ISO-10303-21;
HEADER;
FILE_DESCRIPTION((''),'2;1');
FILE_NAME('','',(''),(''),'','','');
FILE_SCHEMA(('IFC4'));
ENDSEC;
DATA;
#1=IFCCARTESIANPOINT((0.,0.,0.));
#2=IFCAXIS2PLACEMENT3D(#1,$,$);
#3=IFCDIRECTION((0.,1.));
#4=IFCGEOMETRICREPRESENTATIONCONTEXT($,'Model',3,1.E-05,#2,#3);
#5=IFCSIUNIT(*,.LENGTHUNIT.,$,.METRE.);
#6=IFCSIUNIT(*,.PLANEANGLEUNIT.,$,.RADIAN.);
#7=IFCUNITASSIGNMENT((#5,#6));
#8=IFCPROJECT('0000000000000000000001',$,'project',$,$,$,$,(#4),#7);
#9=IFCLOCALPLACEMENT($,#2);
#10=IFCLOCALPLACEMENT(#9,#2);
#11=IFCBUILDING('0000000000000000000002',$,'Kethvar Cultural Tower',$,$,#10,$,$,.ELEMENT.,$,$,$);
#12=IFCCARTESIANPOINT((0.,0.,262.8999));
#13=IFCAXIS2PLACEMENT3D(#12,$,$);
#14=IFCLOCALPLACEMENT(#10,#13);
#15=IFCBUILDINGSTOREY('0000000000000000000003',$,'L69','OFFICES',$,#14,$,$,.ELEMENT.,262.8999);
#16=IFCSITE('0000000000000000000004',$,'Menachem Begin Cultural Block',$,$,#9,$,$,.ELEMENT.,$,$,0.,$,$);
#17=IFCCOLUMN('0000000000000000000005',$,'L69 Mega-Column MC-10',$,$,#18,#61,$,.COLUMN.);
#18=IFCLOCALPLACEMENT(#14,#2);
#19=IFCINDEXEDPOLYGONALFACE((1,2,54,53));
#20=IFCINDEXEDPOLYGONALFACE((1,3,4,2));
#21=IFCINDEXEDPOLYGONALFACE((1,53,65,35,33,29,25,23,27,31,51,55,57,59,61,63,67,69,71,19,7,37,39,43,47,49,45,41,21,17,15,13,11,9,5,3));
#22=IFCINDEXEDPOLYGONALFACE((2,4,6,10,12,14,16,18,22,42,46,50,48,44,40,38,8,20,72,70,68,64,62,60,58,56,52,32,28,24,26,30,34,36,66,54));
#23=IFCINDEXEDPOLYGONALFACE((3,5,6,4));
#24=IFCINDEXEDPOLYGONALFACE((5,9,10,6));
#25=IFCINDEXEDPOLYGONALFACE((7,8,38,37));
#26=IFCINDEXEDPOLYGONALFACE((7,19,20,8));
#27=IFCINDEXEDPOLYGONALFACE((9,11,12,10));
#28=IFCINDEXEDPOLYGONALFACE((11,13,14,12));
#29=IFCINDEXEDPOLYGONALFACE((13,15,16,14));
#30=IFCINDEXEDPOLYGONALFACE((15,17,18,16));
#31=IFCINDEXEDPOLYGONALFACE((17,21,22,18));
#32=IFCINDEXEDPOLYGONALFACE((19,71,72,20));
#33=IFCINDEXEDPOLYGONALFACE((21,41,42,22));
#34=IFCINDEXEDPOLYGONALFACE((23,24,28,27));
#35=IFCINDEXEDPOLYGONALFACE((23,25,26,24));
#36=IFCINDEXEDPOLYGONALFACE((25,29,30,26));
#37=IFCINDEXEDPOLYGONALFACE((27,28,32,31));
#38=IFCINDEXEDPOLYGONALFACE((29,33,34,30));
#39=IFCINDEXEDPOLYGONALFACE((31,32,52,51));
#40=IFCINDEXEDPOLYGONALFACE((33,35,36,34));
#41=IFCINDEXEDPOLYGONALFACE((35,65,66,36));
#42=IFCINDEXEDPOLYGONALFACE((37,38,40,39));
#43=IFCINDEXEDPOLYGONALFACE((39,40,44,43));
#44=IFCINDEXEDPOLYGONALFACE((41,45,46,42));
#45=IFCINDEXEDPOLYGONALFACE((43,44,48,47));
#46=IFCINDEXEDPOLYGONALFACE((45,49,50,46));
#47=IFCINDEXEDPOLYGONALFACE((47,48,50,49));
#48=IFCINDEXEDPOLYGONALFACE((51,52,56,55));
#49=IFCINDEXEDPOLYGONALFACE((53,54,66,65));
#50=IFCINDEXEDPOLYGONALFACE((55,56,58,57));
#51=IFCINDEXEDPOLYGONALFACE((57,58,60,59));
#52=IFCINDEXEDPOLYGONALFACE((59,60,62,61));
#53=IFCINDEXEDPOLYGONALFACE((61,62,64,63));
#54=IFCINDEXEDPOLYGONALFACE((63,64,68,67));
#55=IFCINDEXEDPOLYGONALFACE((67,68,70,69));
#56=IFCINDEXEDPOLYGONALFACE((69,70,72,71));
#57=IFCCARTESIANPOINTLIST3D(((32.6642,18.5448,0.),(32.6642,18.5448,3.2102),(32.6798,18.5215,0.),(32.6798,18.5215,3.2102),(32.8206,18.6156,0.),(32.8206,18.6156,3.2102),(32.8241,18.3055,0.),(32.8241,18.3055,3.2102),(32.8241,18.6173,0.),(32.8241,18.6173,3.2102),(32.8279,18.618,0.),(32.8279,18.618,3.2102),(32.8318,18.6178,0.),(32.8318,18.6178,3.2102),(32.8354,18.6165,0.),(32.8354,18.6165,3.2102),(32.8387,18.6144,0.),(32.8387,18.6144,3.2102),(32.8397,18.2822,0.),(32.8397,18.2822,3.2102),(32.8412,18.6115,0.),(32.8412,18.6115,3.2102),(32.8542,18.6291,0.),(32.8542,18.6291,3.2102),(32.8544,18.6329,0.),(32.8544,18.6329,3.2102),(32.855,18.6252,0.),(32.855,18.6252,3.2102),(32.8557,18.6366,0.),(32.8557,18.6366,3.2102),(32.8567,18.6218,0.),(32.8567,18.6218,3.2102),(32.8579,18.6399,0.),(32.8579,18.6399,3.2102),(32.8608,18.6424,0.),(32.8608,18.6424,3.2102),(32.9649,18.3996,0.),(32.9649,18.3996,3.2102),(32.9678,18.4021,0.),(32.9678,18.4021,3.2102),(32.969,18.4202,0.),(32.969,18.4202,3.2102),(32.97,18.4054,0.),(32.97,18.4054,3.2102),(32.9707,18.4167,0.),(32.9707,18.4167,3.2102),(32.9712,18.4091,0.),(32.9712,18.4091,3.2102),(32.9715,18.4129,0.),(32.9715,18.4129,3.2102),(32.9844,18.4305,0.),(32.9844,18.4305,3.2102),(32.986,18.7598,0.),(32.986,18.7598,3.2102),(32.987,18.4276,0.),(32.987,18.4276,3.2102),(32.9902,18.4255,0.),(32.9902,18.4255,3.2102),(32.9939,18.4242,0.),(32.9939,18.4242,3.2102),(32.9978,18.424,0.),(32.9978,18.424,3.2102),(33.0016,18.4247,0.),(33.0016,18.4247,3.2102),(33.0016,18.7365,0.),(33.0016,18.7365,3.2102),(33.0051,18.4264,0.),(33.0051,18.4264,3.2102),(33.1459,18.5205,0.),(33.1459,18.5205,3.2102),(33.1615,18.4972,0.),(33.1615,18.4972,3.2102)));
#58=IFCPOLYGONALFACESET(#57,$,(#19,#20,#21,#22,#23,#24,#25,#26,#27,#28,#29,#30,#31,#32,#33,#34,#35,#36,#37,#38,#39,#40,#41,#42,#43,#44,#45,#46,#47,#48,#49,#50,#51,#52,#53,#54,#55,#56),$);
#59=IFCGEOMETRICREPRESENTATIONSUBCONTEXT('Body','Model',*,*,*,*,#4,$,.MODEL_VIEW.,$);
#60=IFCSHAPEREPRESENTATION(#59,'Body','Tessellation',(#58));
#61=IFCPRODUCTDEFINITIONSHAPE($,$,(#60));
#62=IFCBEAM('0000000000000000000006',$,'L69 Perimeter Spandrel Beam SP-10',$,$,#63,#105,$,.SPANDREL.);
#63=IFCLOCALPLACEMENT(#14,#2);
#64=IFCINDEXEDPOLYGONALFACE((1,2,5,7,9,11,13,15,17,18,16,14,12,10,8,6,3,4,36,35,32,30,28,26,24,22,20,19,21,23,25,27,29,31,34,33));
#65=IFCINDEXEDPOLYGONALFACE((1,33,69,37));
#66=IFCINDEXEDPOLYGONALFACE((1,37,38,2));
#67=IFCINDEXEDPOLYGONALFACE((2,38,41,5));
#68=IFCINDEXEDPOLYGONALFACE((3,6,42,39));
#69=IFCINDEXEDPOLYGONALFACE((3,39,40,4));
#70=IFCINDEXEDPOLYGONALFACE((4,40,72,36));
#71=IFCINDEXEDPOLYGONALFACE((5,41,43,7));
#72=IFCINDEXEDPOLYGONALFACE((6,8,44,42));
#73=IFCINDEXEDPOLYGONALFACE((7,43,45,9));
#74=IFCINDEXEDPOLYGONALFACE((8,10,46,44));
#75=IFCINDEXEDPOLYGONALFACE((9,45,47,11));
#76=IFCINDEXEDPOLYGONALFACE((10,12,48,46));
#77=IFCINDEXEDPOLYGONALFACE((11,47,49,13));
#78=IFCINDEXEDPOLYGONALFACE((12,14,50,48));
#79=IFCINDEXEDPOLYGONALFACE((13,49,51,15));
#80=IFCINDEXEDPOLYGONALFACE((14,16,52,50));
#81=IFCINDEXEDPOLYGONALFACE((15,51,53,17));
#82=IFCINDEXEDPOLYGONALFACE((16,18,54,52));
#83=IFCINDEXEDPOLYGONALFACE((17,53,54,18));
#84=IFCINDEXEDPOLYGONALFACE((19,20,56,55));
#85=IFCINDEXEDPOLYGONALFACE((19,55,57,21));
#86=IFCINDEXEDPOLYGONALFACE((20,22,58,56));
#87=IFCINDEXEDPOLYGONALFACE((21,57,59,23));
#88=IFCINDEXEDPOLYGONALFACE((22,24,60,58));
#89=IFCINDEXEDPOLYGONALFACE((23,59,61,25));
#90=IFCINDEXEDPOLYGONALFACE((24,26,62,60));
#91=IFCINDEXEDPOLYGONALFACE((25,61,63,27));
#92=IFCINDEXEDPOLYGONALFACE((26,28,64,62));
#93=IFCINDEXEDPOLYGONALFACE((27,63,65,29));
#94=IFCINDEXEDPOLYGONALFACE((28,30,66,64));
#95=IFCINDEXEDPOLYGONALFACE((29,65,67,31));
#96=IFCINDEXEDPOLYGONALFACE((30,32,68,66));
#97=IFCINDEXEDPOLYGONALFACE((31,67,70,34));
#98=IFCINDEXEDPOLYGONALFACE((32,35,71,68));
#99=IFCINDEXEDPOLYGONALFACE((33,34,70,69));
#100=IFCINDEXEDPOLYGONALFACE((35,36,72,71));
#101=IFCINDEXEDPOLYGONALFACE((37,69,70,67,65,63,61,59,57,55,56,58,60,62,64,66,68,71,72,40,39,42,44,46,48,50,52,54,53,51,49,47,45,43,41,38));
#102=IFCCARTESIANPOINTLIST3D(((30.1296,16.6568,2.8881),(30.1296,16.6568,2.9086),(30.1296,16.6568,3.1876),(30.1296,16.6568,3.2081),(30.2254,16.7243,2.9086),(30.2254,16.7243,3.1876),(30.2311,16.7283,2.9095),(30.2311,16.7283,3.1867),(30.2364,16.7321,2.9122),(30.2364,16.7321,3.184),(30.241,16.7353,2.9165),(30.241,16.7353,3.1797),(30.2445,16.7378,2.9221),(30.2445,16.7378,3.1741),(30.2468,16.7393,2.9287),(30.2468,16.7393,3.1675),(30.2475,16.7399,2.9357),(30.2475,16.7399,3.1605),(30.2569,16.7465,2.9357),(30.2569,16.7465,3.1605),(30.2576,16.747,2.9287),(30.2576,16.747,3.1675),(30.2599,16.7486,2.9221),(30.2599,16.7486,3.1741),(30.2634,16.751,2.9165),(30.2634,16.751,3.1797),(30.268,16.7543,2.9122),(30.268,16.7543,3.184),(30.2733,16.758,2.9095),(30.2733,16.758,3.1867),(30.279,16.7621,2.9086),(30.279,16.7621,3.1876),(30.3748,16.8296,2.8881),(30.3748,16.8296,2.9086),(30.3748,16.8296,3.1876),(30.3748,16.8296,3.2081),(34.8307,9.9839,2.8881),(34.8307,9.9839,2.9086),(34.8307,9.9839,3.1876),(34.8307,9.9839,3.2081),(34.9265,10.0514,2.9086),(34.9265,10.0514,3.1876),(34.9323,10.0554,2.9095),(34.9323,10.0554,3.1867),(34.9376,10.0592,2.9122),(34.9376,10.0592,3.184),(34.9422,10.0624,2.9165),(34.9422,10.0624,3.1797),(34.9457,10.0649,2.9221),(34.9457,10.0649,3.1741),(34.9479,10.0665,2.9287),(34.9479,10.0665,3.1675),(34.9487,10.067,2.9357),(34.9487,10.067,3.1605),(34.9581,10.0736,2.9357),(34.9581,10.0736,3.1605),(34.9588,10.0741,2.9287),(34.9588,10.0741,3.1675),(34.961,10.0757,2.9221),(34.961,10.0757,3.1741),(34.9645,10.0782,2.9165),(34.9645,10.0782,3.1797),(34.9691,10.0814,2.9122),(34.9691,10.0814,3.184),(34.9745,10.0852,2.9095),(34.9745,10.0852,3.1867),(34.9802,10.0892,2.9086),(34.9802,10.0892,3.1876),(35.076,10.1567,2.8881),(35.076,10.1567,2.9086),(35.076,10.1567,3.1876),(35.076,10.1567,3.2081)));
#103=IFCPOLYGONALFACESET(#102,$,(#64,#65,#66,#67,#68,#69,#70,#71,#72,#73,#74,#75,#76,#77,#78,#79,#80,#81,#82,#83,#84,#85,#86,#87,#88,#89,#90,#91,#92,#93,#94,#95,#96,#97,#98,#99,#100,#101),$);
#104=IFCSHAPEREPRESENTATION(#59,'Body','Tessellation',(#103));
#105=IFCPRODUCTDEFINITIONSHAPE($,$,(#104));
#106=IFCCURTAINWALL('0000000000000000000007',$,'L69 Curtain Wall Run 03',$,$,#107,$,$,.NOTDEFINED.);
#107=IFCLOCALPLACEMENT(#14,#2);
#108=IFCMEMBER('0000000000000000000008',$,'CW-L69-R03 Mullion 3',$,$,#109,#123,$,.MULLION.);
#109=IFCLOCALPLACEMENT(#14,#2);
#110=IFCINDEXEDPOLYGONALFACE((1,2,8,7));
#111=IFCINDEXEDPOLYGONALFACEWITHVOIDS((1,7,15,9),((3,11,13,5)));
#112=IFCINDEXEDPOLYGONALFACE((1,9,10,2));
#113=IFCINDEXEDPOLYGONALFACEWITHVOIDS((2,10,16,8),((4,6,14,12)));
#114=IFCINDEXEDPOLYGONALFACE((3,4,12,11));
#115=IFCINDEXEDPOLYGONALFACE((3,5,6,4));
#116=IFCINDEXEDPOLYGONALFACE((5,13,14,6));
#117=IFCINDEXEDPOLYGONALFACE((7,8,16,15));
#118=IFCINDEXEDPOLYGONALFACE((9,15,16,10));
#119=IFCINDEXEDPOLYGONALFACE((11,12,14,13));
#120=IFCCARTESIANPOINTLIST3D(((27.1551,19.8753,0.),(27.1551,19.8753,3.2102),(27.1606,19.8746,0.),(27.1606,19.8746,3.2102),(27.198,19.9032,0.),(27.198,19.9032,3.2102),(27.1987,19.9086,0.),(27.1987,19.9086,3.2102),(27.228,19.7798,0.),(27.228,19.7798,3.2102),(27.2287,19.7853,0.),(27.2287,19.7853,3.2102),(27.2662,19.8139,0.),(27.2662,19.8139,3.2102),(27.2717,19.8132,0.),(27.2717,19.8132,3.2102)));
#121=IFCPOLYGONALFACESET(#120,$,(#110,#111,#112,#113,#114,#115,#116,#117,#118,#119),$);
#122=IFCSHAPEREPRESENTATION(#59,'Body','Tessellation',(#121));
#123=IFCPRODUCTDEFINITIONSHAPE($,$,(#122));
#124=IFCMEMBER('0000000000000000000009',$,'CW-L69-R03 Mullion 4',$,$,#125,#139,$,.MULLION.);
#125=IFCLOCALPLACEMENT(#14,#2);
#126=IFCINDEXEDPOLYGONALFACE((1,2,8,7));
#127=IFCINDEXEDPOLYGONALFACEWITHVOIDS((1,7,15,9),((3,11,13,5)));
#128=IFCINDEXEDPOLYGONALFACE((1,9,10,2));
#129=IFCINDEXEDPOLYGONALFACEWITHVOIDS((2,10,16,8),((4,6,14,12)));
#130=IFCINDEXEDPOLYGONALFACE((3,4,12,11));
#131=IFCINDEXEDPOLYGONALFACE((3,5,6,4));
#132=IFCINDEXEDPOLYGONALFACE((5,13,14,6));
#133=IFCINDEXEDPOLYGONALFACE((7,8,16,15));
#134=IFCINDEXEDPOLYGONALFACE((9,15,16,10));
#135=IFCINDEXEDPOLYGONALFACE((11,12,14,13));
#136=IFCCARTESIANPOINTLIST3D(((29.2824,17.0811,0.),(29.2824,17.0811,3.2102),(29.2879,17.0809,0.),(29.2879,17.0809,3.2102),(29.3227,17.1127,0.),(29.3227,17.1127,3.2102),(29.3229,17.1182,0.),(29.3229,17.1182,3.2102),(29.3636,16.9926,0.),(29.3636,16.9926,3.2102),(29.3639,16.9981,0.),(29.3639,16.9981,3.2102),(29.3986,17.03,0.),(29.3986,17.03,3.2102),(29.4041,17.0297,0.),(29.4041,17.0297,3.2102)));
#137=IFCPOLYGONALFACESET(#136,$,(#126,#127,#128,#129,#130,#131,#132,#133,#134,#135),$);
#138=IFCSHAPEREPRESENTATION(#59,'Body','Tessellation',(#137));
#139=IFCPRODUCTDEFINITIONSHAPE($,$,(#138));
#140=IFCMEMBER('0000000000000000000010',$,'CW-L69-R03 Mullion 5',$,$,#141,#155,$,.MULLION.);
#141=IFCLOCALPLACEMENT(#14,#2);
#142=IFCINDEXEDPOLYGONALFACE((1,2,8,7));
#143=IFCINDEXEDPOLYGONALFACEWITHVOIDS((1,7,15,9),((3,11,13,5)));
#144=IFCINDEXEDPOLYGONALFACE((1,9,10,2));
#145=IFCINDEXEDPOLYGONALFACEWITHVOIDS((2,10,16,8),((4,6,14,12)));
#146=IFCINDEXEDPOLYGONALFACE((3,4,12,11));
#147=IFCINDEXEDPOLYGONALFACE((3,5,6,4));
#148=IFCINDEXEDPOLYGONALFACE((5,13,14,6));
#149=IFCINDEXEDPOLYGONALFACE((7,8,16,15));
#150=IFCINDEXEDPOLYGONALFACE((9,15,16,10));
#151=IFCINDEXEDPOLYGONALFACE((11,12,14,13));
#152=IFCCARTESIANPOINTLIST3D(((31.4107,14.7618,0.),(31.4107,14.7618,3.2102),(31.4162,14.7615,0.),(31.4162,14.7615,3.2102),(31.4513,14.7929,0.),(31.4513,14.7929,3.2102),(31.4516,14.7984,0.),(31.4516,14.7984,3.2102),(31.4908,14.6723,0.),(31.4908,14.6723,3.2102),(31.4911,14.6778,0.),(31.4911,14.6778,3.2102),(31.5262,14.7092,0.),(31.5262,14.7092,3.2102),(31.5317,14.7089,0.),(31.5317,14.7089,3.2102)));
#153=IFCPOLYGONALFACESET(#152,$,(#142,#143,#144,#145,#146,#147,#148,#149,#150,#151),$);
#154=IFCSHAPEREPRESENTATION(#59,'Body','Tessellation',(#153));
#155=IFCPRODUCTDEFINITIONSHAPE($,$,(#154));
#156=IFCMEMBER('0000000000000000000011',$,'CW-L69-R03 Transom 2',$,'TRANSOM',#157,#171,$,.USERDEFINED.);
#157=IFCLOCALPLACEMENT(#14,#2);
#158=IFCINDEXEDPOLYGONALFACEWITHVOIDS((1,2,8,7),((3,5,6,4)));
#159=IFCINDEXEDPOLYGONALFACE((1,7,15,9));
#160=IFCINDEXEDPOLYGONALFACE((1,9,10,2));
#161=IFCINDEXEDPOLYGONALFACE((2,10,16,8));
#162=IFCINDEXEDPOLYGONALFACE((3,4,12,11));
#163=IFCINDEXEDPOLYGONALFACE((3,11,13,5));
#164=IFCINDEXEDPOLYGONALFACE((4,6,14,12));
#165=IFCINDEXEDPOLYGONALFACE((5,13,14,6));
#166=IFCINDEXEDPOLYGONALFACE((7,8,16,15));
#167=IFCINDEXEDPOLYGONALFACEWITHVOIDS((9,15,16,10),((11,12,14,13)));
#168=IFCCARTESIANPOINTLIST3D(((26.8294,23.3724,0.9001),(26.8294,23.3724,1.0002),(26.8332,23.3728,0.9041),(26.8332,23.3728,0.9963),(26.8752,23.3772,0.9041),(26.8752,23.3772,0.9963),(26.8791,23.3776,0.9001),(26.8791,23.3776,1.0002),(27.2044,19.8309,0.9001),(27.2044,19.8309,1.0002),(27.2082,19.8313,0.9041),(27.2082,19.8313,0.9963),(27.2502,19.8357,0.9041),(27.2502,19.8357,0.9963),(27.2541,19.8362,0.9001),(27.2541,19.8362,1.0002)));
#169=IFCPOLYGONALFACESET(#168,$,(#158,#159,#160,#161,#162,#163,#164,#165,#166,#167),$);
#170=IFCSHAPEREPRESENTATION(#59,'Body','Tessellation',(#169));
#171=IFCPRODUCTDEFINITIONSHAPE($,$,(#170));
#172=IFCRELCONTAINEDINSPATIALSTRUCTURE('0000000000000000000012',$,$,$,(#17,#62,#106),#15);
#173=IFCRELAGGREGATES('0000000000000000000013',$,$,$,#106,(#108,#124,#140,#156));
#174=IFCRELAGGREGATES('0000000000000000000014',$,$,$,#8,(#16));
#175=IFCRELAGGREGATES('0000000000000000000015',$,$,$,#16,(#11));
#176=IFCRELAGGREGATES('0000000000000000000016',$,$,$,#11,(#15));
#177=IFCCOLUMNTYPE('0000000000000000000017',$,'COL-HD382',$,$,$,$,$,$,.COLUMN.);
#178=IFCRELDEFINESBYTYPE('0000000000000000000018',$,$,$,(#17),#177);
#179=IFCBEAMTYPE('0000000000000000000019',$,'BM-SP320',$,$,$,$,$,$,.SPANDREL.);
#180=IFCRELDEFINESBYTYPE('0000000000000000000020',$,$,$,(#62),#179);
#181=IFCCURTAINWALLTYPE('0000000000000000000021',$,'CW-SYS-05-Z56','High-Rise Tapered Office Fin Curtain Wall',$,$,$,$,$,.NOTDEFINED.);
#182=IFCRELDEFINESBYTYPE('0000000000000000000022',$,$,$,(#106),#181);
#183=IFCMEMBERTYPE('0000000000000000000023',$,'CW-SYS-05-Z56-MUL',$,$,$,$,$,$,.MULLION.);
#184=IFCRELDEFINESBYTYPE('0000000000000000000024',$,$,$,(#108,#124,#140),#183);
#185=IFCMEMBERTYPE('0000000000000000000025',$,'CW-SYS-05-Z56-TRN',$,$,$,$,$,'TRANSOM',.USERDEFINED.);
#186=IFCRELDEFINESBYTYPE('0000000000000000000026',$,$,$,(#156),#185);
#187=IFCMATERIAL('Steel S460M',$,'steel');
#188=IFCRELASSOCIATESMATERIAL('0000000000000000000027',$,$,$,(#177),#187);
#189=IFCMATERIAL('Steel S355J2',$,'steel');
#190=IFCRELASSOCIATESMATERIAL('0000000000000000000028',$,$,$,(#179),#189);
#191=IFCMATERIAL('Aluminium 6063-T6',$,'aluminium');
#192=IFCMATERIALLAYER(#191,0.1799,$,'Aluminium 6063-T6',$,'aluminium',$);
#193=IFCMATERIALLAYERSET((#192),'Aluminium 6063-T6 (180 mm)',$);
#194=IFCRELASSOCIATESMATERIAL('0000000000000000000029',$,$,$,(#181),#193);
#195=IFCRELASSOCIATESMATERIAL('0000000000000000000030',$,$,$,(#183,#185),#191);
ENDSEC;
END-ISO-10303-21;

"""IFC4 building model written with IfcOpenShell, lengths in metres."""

from ifc_helpers import new_model, si_unit, direction, frame, origin, origin_2d, place, context, subcontext, project, spatial, hollow_rectangle, i_section, extrude, source, transform, mapped, material, layer, layer_set, material_profile, profile_set, type_object, element, aggregate, save


model = new_model("IFC4")

# Units and contexts
model_context = context("Model", 3, precision=1e-05, world=origin(), true_north=direction((0.0, 1.0)))
body_context = subcontext(model_context, "Body", "Model", "MODEL_VIEW")
ifc_project = project(units=[si_unit("LENGTHUNIT", "METRE"), si_unit("PLANEANGLEUNIT", "RADIAN")], contexts=[model_context])

# Site, building, storey
site_placement = place(None, origin())
site = spatial("IfcSite", under=ifc_project, at=site_placement, Name="Menachem Begin Cultural Block", CompositionType="ELEMENT", RefElevation=0.0)
building_placement = place(site_placement, origin())
building = spatial("IfcBuilding", under=site, at=building_placement, Name="Kethvar Cultural Tower", CompositionType="ELEMENT")
storey_placement = place(building_placement, frame((0.0, 0.0, 262.8999)))
storey = spatial("IfcBuildingStorey", under=building, at=storey_placement, Name="L69", Description="OFFICES", CompositionType="ELEMENT", Elevation=262.8999)

# Column
ifc_material_1 = material(Name="Steel S460M", Category="steel")
ifc_material_profile_1 = material_profile(ifc_material_1, i_section(OverallWidth=0.387, OverallDepth=0.3159, WebThickness=0.0186, FlangeThickness=0.0281, FilletRadius=0.0149, at=origin_2d()), Name="Steel S460M — HD400x382")
ifc_profile_set_1 = profile_set([ifc_material_profile_1], Name="Steel S460M — HD400x382")
column_type = type_object("IfcColumnType", Name="COL-HD382", PredefinedType="COLUMN", material=ifc_profile_set_1)
shared_shape_1 = source(origin(), body_context, "Body", "SweptSolid", [
    extrude(i_section(OverallWidth=0.387, OverallDepth=0.3159, WebThickness=0.0186, FlangeThickness=0.0281, FilletRadius=0.0149, at=origin_2d()), origin(), (0.0, 0.0, 1.0), 3.2102),
])
column_placement = place(storey_placement, frame((32.9128, 18.521, 0.0), z_axis=(0.0, 0.0, 1.0), x_axis=(-0.83147, -0.55557, 0.0)))
element("IfcColumn", 1, at=column_placement, inside=storey, type_object=column_type, Name="L69 Mega-Column MC-10", PredefinedType="COLUMN", context=body_context, shape_type="MappedRepresentation", body=[
    mapped(shared_shape_1, transform((0.0, 0.0, 0.0), scale=1.0)),
])

# Beam
ifc_material_2 = material(Name="Steel S355J2", Category="steel")
ifc_material_profile_2 = material_profile(ifc_material_2, i_section(OverallWidth=0.3, OverallDepth=0.3201, WebThickness=0.0115, FlangeThickness=0.0205, FilletRadius=0.0271, at=origin_2d()), Name="Steel S355J2 — HEB320")
ifc_profile_set_2 = profile_set([ifc_material_profile_2], Name="Steel S355J2 — HEB320")
beam_type = type_object("IfcBeamType", Name="BM-SP320", PredefinedType="SPANDREL", material=ifc_profile_set_2)
shared_shape_2 = source(origin(), body_context, "Body", "SweptSolid", [
    extrude(i_section(OverallWidth=0.3, OverallDepth=0.3201, WebThickness=0.0115, FlangeThickness=0.0205, FilletRadius=0.0271, at=origin_2d()), origin(), (0.0, 0.0, 1.0), 8.1626),
])
beam_placement = place(storey_placement, frame((30.2522, 16.7432, 3.0481), z_axis=(0.575941, -0.817491, 0.0), x_axis=(0.817491, 0.575941, 0.0)))
element("IfcBeam", 2, at=beam_placement, inside=storey, type_object=beam_type, Name="L69 Perimeter Spandrel Beam SP-10", PredefinedType="SPANDREL", context=body_context, shape_type="MappedRepresentation", body=[
    mapped(shared_shape_2, transform((0.0, 0.0, 0.0), scale=1.0)),
])

# Curtain wall, members
ifc_material_3 = material(Name="Aluminium 6063-T6", Category="aluminium")
ifc_layer_1 = layer(ifc_material_3, 0.1799, Name="Aluminium 6063-T6", Category="aluminium")
ifc_layer_set_1 = layer_set([ifc_layer_1], Name="Aluminium 6063-T6 (180 mm)")
curtain_wall_type = type_object("IfcCurtainWallType", Name="CW-SYS-05-Z56", Description="High-Rise Tapered Office Fin Curtain Wall", PredefinedType="NOTDEFINED", material=ifc_layer_set_1)
curtain_wall_placement = place(storey_placement, origin())
curtain_wall = element("IfcCurtainWall", 3, at=curtain_wall_placement, inside=storey, type_object=curtain_wall_type, Name="L69 Curtain Wall Run 03", PredefinedType="NOTDEFINED")
ifc_material_profile_3 = material_profile(ifc_material_3, hollow_rectangle(XDim=0.0549, YDim=0.1201, WallThickness=0.0039, at=origin_2d()), Name="Aluminium 6063-T6 — RHS120x55x4")
ifc_profile_set_3 = profile_set([ifc_material_profile_3], Name="Aluminium 6063-T6 — RHS120x55x4")
member_type_1 = type_object("IfcMemberType", Name="CW-SYS-05-Z56-MUL", PredefinedType="MULLION", material=ifc_profile_set_3)
shared_shape_3 = source(origin(), body_context, "Body", "SweptSolid", [
    extrude(hollow_rectangle(XDim=0.0549, YDim=0.1201, WallThickness=0.0039, at=origin_2d()), origin(), (0.0, 0.0, 1.0), 3.2102),
])
member_1_placement = place(storey_placement, frame((27.2134, 19.8442, 0.0), z_axis=(0.0, 0.0, 1.0), x_axis=(0.79468, 0.607029, 0.0)))
member_1 = element("IfcMember", 4, at=member_1_placement, type_object=member_type_1, Name="CW-L69-R03 Mullion 3", PredefinedType="MULLION", context=body_context, shape_type="MappedRepresentation", body=[
    mapped(shared_shape_3, transform((0.0, 0.0, 0.0), scale=1.0)),
])
member_2_placement = place(storey_placement, frame((29.3433, 17.0554, 0.0), z_axis=(0.0, 0.0, 1.0), x_axis=(0.736923, 0.675976, 0.0)))
member_2 = element("IfcMember", 5, at=member_2_placement, type_object=member_type_1, Name="CW-L69-R03 Mullion 4", PredefinedType="MULLION", context=body_context, shape_type="MappedRepresentation", body=[
    mapped(shared_shape_3, transform((0.0, 0.0, 0.0), scale=1.0)),
])
member_3_placement = place(storey_placement, frame((31.4712, 14.7354, 0.0), z_axis=(0.0, 0.0, 1.0), x_axis=(0.744847, 0.667235, 0.0)))
member_3 = element("IfcMember", 6, at=member_3_placement, type_object=member_type_1, Name="CW-L69-R03 Mullion 5", PredefinedType="MULLION", context=body_context, shape_type="MappedRepresentation", body=[
    mapped(shared_shape_3, transform((0.0, 0.0, 0.0), scale=1.0)),
])
ifc_material_profile_4 = material_profile(ifc_material_3, hollow_rectangle(XDim=0.05, YDim=0.1001, WallThickness=0.0039, at=origin_2d()), Name="Aluminium 6063-T6 — RHS100x50x4")
ifc_profile_set_4 = profile_set([ifc_material_profile_4], Name="Aluminium 6063-T6 — RHS100x50x4")
member_type_2 = type_object("IfcMemberType", Name="CW-SYS-05-Z56-TRN", ElementType="TRANSOM", PredefinedType="USERDEFINED", material=ifc_profile_set_4)
shared_shape_4 = source(origin(), body_context, "Body", "SweptSolid", [
    extrude(hollow_rectangle(XDim=0.05, YDim=0.1001, WallThickness=0.0039, at=origin_2d()), origin(), (0.0, 0.0, 1.0), 3.5613),
])
member_4_placement = place(storey_placement, frame((26.8542, 23.375, 0.9502), z_axis=(0.105299, -0.994441, 0.0), x_axis=(0.994441, 0.105299, 0.0)))
member_4 = element("IfcMember", 7, at=member_4_placement, type_object=member_type_2, Name="CW-L69-R03 Transom 2", ObjectType="TRANSOM", PredefinedType="USERDEFINED", context=body_context, shape_type="MappedRepresentation", body=[
    mapped(shared_shape_4, transform((0.0, 0.0, 0.0), scale=1.0)),
])
aggregate(curtain_wall, [member_1, member_2, member_3, member_4])

save(model, "model.ifc")
